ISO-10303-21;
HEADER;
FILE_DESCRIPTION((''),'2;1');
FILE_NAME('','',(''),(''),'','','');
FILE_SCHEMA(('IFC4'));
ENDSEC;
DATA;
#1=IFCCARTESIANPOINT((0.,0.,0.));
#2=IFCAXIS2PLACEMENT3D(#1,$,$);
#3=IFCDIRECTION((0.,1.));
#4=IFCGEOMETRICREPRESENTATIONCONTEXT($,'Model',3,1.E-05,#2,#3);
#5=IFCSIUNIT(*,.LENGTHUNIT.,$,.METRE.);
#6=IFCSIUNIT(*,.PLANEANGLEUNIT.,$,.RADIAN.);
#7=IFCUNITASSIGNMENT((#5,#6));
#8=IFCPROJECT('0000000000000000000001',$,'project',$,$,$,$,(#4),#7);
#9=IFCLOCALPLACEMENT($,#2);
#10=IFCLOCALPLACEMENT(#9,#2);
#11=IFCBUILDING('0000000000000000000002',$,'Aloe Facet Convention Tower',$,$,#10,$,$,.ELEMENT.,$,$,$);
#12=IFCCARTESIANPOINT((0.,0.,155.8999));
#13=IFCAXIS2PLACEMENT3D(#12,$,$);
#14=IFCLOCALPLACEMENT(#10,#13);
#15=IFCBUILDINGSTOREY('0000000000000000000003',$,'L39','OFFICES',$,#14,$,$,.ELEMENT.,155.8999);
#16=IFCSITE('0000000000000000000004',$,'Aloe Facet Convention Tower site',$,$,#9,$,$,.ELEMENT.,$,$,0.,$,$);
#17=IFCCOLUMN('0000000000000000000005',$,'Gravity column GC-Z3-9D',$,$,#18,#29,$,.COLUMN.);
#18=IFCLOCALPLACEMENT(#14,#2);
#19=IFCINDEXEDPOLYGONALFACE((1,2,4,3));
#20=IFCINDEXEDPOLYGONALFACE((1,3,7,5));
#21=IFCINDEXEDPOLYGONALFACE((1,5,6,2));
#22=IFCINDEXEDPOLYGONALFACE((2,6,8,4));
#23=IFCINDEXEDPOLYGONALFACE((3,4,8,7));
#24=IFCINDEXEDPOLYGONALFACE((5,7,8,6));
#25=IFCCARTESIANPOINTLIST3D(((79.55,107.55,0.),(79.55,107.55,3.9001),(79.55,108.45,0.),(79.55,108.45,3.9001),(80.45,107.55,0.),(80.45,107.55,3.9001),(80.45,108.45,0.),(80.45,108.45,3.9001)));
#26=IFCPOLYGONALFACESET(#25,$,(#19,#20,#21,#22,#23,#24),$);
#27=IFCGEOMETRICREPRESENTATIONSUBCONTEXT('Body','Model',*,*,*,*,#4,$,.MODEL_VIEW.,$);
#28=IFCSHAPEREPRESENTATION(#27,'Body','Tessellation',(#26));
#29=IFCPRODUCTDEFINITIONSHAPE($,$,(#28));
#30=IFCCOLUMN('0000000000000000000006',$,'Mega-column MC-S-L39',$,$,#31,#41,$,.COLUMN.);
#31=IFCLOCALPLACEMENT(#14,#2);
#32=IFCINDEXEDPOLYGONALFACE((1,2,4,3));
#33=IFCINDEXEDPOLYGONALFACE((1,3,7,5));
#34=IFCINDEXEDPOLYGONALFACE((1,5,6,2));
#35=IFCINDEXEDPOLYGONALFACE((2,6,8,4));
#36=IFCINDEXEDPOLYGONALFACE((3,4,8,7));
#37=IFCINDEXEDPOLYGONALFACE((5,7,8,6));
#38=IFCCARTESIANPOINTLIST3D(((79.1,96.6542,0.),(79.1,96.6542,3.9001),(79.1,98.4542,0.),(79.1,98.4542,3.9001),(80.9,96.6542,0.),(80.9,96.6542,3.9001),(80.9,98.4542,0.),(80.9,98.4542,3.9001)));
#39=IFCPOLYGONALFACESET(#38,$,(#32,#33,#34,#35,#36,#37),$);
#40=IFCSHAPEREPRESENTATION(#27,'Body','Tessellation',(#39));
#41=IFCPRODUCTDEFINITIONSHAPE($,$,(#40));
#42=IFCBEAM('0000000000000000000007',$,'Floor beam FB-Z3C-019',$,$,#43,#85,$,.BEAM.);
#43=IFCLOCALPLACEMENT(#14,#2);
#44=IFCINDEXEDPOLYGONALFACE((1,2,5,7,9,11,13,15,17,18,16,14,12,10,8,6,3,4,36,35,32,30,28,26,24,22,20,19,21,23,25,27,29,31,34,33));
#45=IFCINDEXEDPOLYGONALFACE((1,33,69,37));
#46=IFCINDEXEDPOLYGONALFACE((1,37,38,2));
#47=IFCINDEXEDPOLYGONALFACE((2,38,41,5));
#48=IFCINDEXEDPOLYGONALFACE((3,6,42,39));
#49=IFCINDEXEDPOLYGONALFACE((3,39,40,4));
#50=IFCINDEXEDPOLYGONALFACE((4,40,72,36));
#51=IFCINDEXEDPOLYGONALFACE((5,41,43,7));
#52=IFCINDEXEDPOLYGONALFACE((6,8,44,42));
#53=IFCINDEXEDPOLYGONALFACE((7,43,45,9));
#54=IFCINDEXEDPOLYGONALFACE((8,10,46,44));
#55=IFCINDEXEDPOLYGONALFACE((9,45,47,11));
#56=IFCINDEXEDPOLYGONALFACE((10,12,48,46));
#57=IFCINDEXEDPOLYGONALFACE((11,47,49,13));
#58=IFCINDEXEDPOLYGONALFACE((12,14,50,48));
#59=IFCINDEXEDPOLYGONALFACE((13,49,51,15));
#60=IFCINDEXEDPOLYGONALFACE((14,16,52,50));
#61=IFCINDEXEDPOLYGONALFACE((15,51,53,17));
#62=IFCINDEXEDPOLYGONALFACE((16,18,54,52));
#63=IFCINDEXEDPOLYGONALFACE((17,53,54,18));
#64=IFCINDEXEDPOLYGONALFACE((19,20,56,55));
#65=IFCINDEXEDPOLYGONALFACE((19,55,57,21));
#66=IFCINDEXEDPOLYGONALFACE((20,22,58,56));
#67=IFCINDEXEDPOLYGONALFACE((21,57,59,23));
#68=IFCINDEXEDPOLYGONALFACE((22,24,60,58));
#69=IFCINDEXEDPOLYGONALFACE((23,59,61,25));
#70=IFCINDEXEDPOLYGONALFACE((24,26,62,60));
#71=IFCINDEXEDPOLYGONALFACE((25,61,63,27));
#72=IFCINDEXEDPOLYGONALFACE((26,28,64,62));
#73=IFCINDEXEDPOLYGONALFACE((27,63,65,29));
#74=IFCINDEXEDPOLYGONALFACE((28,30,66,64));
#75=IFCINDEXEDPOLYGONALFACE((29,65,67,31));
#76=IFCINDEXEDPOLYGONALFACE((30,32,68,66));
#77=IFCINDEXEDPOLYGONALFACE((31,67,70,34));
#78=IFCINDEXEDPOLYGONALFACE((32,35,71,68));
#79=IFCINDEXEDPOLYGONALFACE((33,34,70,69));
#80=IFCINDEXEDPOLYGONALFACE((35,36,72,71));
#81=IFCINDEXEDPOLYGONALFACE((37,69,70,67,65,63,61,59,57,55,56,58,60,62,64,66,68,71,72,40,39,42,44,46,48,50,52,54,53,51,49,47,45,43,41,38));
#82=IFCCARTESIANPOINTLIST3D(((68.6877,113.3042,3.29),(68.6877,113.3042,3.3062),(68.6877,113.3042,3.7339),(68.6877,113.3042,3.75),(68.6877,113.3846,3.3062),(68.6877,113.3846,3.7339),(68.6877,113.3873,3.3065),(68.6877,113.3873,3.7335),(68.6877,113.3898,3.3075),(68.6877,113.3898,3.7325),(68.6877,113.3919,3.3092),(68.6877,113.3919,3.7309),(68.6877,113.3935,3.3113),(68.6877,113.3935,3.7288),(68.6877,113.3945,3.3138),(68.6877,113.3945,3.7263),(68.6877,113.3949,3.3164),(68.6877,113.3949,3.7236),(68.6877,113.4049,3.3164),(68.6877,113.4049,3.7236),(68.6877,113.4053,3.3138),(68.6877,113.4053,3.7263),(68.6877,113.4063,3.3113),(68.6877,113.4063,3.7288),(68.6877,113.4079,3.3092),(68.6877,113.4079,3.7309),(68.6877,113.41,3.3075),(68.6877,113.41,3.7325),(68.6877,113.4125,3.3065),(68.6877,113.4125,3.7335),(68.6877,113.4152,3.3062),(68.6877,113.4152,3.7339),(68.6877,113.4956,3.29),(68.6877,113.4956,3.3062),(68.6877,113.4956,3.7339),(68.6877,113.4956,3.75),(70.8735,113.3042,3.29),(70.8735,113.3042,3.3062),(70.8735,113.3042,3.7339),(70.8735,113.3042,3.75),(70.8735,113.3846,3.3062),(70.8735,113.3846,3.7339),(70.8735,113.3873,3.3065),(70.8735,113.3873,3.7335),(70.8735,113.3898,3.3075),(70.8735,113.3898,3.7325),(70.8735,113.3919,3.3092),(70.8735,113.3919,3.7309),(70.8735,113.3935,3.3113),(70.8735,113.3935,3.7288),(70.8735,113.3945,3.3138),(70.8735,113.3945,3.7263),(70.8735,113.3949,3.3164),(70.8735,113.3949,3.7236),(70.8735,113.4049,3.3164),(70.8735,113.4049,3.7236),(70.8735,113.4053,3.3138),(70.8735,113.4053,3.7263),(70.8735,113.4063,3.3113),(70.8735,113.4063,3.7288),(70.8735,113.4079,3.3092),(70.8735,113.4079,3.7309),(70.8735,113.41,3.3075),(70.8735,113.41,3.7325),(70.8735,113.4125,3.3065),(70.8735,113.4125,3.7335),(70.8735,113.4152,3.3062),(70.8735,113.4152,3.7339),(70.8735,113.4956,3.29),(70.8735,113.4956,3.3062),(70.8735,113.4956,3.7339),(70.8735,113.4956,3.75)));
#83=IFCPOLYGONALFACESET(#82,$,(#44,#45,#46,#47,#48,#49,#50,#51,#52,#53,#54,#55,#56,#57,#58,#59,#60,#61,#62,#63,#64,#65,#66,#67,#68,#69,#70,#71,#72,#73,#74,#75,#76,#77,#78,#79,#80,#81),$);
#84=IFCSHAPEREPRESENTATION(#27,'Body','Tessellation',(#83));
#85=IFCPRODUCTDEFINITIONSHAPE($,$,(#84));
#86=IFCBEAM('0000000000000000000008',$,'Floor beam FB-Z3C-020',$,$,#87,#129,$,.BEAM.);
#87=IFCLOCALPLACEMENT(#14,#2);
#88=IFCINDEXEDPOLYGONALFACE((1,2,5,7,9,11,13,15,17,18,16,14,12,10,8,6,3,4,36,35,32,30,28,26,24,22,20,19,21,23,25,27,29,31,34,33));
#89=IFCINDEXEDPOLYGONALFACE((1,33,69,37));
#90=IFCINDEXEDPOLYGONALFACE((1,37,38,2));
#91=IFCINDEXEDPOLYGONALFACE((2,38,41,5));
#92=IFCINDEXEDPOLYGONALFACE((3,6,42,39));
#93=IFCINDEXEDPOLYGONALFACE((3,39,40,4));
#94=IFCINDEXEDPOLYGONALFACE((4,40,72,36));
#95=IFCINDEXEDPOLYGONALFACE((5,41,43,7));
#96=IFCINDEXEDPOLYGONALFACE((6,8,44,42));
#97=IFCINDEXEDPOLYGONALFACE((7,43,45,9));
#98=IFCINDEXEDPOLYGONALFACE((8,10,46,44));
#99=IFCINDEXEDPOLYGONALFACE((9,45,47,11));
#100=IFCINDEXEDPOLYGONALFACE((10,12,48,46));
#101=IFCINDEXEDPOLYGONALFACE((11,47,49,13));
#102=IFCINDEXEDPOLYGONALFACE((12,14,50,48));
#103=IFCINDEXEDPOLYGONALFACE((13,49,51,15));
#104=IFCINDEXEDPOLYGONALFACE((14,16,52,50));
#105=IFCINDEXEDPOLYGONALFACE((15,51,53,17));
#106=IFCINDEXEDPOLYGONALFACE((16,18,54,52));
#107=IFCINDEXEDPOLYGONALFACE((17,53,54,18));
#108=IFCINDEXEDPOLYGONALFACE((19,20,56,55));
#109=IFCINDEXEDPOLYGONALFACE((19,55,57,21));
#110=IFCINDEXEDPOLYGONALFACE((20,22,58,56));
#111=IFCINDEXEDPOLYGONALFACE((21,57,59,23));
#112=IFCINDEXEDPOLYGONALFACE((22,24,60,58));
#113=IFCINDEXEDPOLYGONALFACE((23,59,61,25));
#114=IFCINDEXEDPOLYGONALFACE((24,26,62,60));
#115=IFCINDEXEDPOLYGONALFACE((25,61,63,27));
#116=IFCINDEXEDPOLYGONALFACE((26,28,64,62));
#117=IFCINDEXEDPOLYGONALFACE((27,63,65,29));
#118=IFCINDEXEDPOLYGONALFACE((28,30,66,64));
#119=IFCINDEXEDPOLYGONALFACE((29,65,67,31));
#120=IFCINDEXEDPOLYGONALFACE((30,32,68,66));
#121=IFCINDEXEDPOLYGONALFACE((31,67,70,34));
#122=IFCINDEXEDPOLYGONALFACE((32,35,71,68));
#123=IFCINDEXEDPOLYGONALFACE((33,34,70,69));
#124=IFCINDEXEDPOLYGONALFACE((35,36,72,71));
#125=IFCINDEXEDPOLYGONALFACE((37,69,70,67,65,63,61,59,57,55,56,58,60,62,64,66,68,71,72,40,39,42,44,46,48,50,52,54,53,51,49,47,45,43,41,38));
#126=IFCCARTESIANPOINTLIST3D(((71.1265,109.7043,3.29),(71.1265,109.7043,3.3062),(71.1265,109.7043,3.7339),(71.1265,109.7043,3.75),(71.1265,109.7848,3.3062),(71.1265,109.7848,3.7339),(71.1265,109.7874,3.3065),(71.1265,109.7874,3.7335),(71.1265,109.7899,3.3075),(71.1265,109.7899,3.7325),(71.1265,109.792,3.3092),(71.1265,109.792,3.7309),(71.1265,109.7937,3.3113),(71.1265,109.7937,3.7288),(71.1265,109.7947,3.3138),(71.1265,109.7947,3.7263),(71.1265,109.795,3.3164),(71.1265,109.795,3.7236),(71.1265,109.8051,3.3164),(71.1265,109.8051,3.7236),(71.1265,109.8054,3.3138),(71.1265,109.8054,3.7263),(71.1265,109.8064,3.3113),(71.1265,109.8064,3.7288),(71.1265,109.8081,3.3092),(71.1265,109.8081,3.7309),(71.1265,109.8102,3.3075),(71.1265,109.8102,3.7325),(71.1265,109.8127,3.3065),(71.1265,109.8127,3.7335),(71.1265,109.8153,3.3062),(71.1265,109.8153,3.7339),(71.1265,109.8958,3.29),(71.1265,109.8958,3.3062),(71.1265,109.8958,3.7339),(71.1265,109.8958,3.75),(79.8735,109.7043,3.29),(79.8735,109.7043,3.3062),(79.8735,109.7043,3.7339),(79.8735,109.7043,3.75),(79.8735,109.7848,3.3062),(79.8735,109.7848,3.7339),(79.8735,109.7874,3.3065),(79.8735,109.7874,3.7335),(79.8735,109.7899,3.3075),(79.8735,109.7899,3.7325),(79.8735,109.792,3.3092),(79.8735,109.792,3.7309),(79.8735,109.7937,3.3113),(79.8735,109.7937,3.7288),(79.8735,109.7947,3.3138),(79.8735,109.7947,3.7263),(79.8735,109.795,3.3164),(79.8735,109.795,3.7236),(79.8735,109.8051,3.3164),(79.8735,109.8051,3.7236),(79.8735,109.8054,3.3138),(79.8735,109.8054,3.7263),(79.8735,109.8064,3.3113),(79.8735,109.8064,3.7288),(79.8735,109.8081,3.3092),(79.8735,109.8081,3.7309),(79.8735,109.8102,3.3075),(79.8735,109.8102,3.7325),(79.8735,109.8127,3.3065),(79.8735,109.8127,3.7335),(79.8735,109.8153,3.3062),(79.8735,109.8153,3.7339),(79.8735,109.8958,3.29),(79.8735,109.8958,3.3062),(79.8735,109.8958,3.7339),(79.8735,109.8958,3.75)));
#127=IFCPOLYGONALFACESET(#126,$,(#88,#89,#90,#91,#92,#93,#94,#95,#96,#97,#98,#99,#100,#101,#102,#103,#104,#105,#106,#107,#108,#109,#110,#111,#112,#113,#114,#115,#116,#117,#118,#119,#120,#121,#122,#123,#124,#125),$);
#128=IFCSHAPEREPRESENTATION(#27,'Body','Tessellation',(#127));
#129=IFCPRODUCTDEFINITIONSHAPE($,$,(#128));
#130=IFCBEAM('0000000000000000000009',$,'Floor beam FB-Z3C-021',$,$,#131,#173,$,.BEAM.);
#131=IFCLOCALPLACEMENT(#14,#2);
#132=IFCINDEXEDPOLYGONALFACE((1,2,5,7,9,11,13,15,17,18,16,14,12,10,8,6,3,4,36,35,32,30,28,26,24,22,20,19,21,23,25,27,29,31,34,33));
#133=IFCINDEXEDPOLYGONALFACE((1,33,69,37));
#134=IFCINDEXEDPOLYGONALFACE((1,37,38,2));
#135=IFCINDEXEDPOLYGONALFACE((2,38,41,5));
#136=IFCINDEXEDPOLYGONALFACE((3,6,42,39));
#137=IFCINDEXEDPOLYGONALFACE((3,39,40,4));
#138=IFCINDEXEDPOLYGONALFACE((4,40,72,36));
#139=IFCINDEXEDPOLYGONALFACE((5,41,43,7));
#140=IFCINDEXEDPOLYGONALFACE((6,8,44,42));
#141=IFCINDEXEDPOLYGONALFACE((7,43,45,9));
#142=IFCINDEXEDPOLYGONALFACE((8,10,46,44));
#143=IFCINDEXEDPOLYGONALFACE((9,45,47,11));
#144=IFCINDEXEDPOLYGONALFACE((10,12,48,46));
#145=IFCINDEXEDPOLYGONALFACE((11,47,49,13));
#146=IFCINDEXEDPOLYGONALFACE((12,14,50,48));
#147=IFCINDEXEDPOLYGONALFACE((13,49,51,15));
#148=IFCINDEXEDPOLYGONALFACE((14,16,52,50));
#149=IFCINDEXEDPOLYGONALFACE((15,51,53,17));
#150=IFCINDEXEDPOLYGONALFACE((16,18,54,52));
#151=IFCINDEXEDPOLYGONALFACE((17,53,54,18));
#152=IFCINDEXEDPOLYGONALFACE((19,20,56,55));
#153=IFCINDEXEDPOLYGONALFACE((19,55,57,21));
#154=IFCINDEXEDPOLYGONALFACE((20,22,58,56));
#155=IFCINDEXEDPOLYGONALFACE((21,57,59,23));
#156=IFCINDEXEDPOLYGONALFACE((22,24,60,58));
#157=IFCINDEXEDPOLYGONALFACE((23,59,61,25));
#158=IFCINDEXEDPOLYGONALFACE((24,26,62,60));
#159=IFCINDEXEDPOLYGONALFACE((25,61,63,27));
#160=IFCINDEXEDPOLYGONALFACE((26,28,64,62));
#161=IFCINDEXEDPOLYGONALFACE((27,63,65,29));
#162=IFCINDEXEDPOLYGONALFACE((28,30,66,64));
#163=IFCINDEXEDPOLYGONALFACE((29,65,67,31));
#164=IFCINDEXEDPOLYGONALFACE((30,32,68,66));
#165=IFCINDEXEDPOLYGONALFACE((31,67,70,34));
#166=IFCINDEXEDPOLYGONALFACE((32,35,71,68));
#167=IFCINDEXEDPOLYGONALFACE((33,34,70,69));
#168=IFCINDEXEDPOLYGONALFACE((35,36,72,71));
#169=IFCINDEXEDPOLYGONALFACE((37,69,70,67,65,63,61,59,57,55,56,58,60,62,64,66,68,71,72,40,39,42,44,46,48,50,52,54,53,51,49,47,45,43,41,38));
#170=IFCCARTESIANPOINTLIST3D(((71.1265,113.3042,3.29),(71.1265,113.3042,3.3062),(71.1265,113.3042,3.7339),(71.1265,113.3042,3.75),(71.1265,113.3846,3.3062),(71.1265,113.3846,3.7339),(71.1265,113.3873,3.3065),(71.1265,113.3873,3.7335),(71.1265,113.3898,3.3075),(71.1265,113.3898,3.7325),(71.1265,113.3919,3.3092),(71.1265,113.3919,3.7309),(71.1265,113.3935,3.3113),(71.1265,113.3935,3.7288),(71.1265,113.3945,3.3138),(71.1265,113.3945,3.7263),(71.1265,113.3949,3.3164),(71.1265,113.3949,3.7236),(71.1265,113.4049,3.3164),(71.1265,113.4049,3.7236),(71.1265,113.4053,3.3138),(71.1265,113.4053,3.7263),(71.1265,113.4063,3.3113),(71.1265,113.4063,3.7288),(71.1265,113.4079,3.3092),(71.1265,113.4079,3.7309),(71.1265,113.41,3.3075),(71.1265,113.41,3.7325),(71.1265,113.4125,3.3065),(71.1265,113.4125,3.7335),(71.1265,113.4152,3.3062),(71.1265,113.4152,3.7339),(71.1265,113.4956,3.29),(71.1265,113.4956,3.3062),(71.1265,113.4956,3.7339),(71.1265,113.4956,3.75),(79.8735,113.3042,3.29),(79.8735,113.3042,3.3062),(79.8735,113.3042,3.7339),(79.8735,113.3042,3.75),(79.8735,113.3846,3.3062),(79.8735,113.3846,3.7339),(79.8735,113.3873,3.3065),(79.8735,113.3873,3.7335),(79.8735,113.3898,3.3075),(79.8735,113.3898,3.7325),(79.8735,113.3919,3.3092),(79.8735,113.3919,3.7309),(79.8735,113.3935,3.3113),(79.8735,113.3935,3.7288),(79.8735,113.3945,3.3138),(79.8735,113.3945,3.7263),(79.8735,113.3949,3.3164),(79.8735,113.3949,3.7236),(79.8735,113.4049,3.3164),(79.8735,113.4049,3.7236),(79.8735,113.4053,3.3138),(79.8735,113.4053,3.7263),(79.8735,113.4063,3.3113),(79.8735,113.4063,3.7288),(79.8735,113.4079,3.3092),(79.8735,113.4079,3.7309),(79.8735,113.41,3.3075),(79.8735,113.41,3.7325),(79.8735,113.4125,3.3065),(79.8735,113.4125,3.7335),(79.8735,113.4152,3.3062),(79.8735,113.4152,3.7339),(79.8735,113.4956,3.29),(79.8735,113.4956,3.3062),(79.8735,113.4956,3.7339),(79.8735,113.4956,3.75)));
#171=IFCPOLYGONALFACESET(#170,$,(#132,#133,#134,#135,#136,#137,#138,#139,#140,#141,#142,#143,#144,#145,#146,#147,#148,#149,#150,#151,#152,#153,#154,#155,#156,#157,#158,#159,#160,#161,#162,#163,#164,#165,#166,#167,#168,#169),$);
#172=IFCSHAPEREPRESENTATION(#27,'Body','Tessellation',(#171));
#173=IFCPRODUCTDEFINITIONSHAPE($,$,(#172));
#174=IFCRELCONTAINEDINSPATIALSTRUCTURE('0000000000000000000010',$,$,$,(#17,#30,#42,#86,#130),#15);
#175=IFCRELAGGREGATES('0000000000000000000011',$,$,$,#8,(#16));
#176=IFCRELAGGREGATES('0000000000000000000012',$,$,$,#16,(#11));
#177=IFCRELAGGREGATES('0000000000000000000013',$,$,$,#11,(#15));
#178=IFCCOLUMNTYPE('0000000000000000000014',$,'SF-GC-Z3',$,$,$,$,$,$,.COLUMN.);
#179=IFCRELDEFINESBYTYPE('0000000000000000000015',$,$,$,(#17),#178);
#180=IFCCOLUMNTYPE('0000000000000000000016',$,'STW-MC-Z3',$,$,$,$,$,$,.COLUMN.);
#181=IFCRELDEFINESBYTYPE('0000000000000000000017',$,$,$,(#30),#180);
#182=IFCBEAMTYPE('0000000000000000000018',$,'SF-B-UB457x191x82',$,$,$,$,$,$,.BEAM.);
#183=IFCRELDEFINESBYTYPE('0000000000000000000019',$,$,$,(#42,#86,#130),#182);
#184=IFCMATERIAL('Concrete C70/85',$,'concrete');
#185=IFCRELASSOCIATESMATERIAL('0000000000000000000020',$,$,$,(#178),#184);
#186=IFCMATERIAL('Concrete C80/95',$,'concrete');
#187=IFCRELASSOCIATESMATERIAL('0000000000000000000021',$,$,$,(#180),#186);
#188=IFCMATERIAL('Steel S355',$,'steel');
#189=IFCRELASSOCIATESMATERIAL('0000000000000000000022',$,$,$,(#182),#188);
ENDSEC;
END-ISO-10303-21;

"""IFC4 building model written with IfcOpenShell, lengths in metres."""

from ifc_helpers import new_model, si_unit, direction, frame, origin, origin_2d, place, context, subcontext, project, spatial, rectangle, i_section, extrude, material, material_profile, profile_set, type_object, element, save


model = new_model("IFC4")

# Units and contexts
model_context = context("Model", 3, precision=1e-05, world=origin(), true_north=direction((0.0, 1.0)))
body_context = subcontext(model_context, "Body", "Model", "MODEL_VIEW")
ifc_project = project(units=[si_unit("LENGTHUNIT", "METRE"), si_unit("PLANEANGLEUNIT", "RADIAN")], contexts=[model_context])

# Site, building, storey
site_placement = place(None, origin())
site = spatial("IfcSite", under=ifc_project, at=site_placement, Name="Aloe Facet Convention Tower site", CompositionType="ELEMENT", RefElevation=0.0)
building_placement = place(site_placement, origin())
building = spatial("IfcBuilding", under=site, at=building_placement, Name="Aloe Facet Convention Tower", CompositionType="ELEMENT")
storey_placement = place(building_placement, frame((0.0, 0.0, 155.8999)))
storey = spatial("IfcBuildingStorey", under=building, at=storey_placement, Name="L39", Description="OFFICES", CompositionType="ELEMENT", Elevation=155.8999)

# Columns
ifc_material_1 = material(Name="Concrete C70/85", Category="concrete")
ifc_material_profile_1 = material_profile(ifc_material_1, rectangle(XDim=0.8999, YDim=0.8999, at=origin_2d()), Name="SF-GC-Z3")
ifc_profile_set_1 = profile_set([ifc_material_profile_1], Name="Concrete C70/85")
column_type_1 = type_object("IfcColumnType", Name="SF-GC-Z3", PredefinedType="COLUMN", material=ifc_profile_set_1)
column_1_placement = place(storey_placement, frame((80.0, 108.0, 0.0), z_axis=(0.0, 0.0, 1.0), x_axis=(1.0, 0.0, 0.0)))
element("IfcColumn", 1, at=column_1_placement, inside=storey, type_object=column_type_1, Name="Gravity column GC-Z3-9D", PredefinedType="COLUMN", context=body_context, shape_type="SweptSolid", body=[
    extrude(rectangle(XDim=0.8999, YDim=0.8999, at=origin_2d()), origin(), (0.0, 0.0, 1.0), 3.9001),
])
ifc_material_2 = material(Name="Concrete C80/95", Category="concrete")
ifc_material_profile_2 = material_profile(ifc_material_2, rectangle(XDim=1.8, YDim=1.8, at=origin_2d()), Name="STW-MC-Z3")
ifc_profile_set_2 = profile_set([ifc_material_profile_2], Name="Concrete C80/95")
column_type_2 = type_object("IfcColumnType", Name="STW-MC-Z3", PredefinedType="COLUMN", material=ifc_profile_set_2)
column_2_placement = place(storey_placement, frame((80.0, 97.5542, 0.0), z_axis=(0.0, 0.0, 1.0), x_axis=(1.0, 0.0, 0.0)))
element("IfcColumn", 2, at=column_2_placement, inside=storey, type_object=column_type_2, Name="Mega-column MC-S-L39", PredefinedType="COLUMN", context=body_context, shape_type="SweptSolid", body=[
    extrude(rectangle(XDim=1.8, YDim=1.8, at=origin_2d()), origin(), (0.0, 0.0, 1.0), 3.9001),
])

# Beams
ifc_material_3 = material(Name="Steel S355", Category="steel")
ifc_material_profile_3 = material_profile(ifc_material_3, i_section(OverallWidth=0.1914, OverallDepth=0.46, WebThickness=0.01, FlangeThickness=0.0161, FilletRadius=0.0103, at=origin_2d()), Name="UB 457x191x82")
ifc_profile_set_3 = profile_set([ifc_material_profile_3], Name="Steel S355")
beam_type_1 = type_object("IfcBeamType", Name="SF-B-UB457x191x82", PredefinedType="BEAM", material=ifc_profile_set_3)
beam_1_placement = place(storey_placement, frame((68.6877, 113.3999, 3.52), z_axis=(1.0, 0.0, 0.0), x_axis=(0.0, 1.0, 0.0)))
element("IfcBeam", 3, at=beam_1_placement, inside=storey, type_object=beam_type_1, Name="Floor beam FB-Z3C-019", PredefinedType="BEAM", context=body_context, shape_type="SweptSolid", body=[
    extrude(i_section(OverallWidth=0.1914, OverallDepth=0.46, WebThickness=0.01, FlangeThickness=0.0161, FilletRadius=0.0103, at=origin_2d()), origin(), (0.0, 0.0, 1.0), 2.1858),
])
for number, where, z_axis, x_axis, name in (
    (4, (71.1265, 109.8, 3.52), (1.0, 0.0, 0.0), (0.0, 1.0, 0.0), "Floor beam FB-Z3C-020"),
    (5, (71.1265, 113.3999, 3.52), (1.0, 0.0, 0.0), (0.0, 1.0, 0.0), "Floor beam FB-Z3C-021"),
):
    element("IfcBeam", number, at=place(storey_placement, frame(where, z_axis=z_axis, x_axis=x_axis)), inside=storey, type_object=beam_type_1, Name=name, PredefinedType="BEAM", context=body_context, shape_type="SweptSolid", body=[
        extrude(i_section(OverallWidth=0.1914, OverallDepth=0.46, WebThickness=0.01, FlangeThickness=0.0161, FilletRadius=0.0103, at=origin_2d()), origin(), (0.0, 0.0, 1.0), 8.7471),
    ])

save(model, "model.ifc")
